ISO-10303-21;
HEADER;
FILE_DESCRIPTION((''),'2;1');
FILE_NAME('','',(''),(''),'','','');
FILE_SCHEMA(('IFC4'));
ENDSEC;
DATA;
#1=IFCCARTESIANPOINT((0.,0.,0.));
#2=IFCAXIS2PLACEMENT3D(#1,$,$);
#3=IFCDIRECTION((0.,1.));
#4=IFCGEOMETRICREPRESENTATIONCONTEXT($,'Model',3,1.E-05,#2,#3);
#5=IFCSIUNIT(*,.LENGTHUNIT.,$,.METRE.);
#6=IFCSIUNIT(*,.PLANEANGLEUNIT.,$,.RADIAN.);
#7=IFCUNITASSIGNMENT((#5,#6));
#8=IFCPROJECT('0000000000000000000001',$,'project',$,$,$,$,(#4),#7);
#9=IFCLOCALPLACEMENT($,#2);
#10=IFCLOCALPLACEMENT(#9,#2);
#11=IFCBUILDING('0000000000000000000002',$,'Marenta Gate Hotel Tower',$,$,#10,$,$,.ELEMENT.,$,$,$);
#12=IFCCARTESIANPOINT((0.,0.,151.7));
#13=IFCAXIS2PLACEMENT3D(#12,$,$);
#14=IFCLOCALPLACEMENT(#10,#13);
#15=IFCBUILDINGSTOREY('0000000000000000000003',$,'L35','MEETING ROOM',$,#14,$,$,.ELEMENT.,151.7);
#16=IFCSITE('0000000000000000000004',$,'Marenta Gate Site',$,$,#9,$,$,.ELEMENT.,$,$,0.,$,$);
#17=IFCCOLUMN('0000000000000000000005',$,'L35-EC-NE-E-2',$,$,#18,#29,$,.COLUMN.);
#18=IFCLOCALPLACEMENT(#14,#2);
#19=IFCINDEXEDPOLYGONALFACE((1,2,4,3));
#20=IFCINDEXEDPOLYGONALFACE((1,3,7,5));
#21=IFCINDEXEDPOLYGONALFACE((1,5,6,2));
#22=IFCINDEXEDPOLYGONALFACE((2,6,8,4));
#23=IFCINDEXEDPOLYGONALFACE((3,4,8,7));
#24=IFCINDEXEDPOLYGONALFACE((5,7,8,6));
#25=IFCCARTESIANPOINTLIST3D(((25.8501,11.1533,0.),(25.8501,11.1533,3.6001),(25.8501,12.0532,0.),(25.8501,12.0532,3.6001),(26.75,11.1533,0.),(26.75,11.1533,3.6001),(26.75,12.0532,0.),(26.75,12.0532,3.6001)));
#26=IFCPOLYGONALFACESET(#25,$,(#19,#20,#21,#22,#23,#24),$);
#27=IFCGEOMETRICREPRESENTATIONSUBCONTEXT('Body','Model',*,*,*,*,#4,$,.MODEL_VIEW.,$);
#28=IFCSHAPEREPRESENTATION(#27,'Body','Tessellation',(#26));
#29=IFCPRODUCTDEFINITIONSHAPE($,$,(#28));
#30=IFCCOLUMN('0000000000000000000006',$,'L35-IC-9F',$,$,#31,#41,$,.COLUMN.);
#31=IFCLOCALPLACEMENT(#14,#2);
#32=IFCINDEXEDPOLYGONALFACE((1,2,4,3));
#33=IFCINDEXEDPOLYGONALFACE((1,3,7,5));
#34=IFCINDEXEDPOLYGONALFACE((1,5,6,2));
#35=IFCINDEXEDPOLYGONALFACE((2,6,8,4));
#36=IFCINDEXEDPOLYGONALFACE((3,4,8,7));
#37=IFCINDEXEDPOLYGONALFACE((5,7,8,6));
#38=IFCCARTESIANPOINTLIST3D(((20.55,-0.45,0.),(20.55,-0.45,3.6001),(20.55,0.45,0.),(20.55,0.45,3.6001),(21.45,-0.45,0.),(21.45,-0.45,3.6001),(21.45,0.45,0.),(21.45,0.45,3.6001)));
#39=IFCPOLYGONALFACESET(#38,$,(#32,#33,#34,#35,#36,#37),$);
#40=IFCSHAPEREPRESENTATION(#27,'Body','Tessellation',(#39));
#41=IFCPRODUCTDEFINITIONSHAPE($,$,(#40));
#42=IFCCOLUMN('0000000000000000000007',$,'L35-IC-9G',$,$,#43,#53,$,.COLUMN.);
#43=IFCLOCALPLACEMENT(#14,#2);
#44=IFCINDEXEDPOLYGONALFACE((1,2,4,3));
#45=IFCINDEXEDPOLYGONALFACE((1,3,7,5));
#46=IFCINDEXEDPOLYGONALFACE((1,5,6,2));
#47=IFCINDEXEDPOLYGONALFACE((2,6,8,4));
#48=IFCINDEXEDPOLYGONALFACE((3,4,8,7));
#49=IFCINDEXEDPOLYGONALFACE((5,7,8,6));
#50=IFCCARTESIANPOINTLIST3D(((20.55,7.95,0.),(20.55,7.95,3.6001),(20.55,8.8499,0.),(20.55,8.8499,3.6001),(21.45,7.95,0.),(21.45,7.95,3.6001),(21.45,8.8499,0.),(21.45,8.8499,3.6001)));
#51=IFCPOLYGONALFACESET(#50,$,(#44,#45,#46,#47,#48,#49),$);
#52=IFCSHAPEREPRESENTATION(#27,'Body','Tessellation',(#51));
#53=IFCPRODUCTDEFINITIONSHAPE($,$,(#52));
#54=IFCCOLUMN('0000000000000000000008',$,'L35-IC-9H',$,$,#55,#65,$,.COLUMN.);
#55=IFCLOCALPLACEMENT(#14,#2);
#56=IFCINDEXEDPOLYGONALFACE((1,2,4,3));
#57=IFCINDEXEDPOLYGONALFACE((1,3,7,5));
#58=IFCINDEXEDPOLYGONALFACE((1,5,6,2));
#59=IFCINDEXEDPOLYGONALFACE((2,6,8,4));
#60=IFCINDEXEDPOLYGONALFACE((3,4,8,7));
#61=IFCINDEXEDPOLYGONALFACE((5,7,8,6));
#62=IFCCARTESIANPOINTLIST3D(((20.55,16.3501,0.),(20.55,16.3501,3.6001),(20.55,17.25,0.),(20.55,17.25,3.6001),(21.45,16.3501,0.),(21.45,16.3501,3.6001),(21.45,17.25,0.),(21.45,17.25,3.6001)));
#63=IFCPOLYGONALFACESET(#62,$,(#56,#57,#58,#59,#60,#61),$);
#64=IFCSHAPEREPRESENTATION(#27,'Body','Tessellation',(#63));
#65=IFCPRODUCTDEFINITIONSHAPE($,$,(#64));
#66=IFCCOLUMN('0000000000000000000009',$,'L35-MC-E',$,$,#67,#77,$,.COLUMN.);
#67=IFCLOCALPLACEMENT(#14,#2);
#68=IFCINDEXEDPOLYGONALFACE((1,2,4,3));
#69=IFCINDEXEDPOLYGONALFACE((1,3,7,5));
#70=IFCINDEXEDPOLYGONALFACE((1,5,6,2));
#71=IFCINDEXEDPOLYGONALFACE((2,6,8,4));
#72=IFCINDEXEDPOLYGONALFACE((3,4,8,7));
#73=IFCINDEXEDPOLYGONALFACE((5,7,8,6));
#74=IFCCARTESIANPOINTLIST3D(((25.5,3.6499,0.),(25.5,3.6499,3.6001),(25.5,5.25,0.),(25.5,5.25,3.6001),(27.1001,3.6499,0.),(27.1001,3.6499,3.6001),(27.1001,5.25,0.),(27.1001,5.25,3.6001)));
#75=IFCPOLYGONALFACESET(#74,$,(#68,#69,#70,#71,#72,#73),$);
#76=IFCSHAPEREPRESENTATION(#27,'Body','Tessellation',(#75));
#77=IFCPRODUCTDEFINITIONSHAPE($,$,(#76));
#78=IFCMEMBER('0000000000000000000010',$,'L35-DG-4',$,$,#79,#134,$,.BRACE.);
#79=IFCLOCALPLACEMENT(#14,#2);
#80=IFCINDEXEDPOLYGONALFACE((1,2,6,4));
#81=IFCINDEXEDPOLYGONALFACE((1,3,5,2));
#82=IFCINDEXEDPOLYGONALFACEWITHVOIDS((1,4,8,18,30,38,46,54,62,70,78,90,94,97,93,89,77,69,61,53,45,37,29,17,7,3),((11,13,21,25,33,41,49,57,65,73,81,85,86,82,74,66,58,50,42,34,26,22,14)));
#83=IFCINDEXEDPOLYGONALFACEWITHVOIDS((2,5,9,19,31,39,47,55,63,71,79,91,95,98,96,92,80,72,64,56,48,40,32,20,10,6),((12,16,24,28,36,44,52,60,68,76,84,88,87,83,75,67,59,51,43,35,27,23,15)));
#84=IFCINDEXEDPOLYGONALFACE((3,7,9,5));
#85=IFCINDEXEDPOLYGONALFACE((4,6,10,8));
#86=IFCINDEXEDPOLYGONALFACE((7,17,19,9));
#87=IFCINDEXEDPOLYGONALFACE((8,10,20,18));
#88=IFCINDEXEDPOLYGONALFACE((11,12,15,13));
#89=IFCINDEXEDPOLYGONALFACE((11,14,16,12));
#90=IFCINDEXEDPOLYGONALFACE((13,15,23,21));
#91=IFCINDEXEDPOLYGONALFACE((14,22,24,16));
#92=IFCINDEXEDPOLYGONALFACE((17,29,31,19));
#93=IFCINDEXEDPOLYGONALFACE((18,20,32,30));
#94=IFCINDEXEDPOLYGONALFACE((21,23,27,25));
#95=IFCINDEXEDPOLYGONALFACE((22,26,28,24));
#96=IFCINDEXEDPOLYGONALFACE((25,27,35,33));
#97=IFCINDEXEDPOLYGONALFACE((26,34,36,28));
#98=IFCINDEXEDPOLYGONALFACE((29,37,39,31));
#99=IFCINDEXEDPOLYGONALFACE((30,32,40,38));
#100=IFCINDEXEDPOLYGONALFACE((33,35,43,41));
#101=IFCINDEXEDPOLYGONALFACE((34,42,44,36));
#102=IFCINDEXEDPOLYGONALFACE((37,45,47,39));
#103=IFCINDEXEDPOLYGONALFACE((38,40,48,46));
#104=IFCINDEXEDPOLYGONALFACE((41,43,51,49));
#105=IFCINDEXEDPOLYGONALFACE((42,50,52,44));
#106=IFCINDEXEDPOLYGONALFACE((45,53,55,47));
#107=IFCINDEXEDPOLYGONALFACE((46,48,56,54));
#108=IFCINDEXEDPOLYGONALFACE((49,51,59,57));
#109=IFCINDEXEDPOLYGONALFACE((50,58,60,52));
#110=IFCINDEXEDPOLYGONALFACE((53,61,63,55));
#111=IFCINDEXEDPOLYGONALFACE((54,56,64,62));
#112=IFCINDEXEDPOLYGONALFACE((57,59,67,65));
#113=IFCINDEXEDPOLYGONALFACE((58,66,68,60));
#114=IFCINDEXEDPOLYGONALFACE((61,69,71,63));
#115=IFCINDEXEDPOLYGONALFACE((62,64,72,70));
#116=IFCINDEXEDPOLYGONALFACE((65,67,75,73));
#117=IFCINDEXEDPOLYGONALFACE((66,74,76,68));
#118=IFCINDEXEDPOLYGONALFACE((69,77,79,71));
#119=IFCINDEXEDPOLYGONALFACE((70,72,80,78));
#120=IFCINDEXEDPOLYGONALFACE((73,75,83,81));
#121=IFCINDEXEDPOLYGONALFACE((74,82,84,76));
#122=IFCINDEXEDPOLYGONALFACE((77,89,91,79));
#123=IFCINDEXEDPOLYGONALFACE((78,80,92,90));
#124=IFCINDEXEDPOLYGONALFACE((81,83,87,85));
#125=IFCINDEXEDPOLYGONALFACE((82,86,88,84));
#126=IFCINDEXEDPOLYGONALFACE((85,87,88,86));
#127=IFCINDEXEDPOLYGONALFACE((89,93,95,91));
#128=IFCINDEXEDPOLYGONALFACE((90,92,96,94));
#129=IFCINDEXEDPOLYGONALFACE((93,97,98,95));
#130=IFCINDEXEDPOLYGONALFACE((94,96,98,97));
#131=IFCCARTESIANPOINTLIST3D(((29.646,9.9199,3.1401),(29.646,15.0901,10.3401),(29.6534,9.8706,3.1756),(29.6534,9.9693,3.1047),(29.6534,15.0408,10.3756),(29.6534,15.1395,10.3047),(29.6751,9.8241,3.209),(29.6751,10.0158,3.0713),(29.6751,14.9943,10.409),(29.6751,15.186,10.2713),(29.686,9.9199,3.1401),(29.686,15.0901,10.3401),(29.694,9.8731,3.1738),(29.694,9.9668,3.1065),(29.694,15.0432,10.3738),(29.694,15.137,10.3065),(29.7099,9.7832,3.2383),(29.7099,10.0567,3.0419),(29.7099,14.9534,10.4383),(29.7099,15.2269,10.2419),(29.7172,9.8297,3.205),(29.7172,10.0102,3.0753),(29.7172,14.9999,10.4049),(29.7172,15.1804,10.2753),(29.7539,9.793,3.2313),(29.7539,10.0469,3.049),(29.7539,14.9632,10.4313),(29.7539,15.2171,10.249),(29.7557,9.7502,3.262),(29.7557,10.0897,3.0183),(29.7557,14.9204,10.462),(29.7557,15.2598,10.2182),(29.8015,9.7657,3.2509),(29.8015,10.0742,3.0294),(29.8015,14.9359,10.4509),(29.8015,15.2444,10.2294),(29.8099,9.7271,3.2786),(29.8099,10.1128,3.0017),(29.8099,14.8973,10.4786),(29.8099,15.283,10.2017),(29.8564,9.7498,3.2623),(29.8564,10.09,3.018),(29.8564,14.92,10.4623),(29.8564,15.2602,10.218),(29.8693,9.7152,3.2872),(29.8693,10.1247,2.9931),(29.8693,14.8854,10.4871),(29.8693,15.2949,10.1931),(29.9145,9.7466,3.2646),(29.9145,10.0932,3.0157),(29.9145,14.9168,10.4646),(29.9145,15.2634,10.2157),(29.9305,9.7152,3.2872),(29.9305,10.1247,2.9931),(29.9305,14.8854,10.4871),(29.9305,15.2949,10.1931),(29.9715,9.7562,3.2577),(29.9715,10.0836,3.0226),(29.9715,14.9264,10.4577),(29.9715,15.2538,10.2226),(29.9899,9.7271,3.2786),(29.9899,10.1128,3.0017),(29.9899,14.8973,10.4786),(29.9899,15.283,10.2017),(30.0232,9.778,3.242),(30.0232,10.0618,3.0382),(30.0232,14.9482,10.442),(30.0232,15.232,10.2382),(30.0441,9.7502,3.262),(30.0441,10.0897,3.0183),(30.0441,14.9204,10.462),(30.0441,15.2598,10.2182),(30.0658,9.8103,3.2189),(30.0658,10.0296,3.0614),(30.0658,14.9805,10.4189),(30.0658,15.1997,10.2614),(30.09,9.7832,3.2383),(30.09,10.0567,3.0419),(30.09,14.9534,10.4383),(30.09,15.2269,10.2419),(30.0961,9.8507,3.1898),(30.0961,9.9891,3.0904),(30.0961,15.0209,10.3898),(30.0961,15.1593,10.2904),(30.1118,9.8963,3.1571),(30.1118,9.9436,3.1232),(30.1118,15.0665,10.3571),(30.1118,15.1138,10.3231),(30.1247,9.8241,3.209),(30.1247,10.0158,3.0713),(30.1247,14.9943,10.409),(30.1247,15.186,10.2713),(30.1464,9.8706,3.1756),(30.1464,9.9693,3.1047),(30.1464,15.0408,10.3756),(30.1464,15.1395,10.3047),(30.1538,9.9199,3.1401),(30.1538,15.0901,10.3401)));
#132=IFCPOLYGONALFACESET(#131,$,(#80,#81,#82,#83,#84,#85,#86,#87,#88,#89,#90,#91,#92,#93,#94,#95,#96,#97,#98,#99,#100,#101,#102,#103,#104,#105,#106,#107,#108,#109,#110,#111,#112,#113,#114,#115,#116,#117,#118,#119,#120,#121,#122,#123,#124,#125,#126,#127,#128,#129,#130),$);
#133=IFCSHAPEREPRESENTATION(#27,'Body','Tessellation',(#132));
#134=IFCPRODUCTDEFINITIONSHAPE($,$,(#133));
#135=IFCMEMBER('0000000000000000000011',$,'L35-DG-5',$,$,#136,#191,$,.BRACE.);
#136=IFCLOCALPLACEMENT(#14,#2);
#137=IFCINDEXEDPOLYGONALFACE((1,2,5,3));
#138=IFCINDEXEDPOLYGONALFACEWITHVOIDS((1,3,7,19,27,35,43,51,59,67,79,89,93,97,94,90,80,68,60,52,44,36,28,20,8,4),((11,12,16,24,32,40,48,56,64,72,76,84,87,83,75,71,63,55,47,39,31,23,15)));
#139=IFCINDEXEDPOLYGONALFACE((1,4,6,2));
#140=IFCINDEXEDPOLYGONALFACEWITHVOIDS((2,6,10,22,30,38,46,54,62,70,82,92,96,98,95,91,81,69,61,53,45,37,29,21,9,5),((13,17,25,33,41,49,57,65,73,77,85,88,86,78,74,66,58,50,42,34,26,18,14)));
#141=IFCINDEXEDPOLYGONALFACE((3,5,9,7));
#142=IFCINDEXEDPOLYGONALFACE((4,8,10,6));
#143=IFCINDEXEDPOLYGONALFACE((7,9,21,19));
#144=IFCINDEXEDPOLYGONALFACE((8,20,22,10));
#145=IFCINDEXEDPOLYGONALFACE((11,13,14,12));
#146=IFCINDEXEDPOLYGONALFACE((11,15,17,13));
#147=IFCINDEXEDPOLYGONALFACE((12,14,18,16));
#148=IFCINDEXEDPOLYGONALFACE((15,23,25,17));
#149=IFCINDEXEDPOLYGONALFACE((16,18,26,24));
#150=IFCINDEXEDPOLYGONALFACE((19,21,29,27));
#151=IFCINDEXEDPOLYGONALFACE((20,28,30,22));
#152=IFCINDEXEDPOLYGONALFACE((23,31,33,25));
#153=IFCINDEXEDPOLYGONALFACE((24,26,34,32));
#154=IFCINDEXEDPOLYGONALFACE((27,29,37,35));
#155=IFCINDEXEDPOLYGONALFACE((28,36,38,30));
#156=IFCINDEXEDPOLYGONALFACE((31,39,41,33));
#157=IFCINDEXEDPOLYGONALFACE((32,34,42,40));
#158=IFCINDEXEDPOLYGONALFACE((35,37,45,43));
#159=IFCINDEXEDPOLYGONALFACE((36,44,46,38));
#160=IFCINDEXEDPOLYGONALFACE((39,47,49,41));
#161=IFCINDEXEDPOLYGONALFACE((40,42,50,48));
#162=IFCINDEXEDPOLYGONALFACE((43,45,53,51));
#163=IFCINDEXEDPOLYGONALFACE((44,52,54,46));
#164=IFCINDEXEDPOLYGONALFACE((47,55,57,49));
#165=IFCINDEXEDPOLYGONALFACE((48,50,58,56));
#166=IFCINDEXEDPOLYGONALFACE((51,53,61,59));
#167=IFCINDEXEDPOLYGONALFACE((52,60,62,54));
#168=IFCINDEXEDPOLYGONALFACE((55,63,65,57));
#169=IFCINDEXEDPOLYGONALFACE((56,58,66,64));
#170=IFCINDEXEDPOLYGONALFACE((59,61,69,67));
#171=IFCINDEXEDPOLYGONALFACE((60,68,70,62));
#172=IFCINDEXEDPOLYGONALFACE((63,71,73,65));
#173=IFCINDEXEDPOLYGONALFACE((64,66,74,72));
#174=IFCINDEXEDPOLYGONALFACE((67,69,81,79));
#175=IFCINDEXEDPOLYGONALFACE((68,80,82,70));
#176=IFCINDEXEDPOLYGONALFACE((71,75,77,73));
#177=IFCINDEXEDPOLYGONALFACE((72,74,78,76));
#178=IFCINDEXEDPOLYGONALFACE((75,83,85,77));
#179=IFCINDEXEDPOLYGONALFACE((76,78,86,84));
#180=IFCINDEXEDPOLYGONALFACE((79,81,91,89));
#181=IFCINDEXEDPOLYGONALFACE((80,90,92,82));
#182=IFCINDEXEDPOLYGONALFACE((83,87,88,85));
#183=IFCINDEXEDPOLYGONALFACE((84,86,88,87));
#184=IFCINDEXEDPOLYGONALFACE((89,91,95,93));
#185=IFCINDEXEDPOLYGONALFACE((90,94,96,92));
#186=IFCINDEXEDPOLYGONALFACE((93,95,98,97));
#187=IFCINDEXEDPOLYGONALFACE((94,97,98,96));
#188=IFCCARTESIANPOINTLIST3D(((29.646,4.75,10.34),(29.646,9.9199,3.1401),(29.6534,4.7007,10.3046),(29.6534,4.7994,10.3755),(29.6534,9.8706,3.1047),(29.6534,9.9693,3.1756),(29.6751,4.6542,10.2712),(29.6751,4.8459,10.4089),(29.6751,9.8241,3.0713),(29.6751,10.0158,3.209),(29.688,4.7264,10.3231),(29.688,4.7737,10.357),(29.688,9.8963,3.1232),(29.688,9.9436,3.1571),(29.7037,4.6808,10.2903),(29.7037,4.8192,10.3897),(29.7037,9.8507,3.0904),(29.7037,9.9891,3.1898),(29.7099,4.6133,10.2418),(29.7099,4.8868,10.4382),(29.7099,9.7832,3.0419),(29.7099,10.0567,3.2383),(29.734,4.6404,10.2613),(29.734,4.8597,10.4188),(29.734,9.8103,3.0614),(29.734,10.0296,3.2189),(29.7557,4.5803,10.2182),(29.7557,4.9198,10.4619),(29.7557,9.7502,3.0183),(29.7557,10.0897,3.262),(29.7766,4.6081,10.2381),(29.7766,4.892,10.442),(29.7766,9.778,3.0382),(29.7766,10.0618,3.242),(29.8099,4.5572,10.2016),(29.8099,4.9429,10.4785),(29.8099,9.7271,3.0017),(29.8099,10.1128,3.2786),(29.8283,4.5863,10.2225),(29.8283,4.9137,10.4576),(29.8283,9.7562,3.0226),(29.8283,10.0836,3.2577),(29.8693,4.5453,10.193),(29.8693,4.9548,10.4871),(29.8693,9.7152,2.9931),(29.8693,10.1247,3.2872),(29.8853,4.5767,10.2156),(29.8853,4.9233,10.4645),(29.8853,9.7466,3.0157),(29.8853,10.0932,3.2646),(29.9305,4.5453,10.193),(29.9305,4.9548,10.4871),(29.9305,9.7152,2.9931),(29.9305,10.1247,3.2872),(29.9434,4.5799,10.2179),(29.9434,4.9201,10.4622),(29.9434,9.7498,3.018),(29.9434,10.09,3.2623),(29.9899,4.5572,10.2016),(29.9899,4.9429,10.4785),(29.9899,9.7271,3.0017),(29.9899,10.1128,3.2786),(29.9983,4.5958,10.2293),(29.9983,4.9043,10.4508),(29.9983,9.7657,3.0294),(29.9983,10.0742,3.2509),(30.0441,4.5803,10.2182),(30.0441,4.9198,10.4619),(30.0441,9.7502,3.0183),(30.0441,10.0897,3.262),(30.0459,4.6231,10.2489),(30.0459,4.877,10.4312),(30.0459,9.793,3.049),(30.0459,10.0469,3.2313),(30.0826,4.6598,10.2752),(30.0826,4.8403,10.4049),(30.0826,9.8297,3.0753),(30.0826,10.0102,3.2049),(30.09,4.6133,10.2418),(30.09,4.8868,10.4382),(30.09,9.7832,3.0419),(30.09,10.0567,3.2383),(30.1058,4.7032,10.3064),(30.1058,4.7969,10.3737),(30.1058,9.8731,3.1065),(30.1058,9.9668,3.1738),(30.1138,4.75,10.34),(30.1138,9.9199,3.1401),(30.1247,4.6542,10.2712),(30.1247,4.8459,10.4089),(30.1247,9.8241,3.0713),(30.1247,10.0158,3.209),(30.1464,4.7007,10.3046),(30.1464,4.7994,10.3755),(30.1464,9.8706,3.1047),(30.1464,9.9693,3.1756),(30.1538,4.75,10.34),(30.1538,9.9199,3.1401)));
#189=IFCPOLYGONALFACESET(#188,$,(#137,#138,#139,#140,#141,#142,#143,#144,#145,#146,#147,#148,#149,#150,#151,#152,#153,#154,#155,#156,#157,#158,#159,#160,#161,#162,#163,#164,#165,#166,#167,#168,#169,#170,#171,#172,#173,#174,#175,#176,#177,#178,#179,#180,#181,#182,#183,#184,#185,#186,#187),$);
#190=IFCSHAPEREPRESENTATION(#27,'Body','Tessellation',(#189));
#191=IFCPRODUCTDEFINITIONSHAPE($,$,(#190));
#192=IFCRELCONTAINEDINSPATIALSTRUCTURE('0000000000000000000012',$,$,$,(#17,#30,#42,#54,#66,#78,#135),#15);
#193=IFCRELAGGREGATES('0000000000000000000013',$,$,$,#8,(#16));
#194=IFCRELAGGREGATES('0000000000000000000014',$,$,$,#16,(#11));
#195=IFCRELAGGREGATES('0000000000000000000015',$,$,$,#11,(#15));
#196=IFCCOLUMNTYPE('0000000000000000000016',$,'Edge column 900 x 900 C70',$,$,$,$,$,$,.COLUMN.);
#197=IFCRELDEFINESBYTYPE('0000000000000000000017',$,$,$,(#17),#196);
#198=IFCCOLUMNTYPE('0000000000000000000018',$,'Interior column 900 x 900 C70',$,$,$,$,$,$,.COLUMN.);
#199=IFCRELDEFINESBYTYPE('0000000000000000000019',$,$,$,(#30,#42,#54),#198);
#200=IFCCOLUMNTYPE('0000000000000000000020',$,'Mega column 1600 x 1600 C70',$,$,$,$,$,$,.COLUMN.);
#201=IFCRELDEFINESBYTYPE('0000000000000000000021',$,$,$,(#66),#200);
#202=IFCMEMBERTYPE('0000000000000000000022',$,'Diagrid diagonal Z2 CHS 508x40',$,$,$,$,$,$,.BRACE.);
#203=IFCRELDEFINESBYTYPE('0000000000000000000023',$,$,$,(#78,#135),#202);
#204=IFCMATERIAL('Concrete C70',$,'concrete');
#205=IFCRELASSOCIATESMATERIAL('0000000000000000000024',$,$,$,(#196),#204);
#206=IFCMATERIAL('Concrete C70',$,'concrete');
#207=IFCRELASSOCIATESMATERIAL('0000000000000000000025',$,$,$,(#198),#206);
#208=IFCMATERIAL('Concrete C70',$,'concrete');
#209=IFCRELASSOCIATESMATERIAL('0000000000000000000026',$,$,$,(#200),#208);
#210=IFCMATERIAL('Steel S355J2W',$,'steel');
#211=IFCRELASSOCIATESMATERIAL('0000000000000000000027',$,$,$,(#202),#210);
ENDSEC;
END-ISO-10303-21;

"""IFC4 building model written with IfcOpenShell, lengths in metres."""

from ifc_helpers import new_model, si_unit, direction, frame, origin, origin_2d, place, context, subcontext, project, spatial, rectangle, hollow_circle, extrude, material, material_profile, profile_set, type_object, element, save


model = new_model("IFC4")

# Units and contexts
model_context = context("Model", 3, precision=1e-05, world=origin(), true_north=direction((0.0, 1.0)))
body_context = subcontext(model_context, "Body", "Model", "MODEL_VIEW")
ifc_project = project(units=[si_unit("LENGTHUNIT", "METRE"), si_unit("PLANEANGLEUNIT", "RADIAN")], contexts=[model_context])

# Site, building, storey
site_placement = place(None, origin())
site = spatial("IfcSite", under=ifc_project, at=site_placement, Name="Marenta Gate Site", CompositionType="ELEMENT", RefElevation=0.0)
building_placement = place(site_placement, origin())
building = spatial("IfcBuilding", under=site, at=building_placement, Name="Marenta Gate Hotel Tower", CompositionType="ELEMENT")
storey_placement = place(building_placement, frame((0.0, 0.0, 151.7)))
storey = spatial("IfcBuildingStorey", under=building, at=storey_placement, Name="L35", Description="MEETING ROOM", CompositionType="ELEMENT", Elevation=151.7)

# Columns
ifc_material_1 = material(Name="Concrete C70", Category="concrete")
ifc_material_profile_1 = material_profile(ifc_material_1, rectangle(XDim=0.8999, YDim=0.8999, at=origin_2d()), Name="900 x 900")
ifc_profile_set_1 = profile_set([ifc_material_profile_1], Name="Concrete C70")
column_type_1 = type_object("IfcColumnType", Name="Edge column 900 x 900 C70", PredefinedType="COLUMN", material=ifc_profile_set_1)
column_1_placement = place(storey_placement, frame((26.3, 11.6033, 0.0), z_axis=(0.0, 0.0, 1.0), x_axis=(1.0, 0.0, 0.0)))
element("IfcColumn", 1, at=column_1_placement, inside=storey, type_object=column_type_1, Name="L35-EC-NE-E-2", PredefinedType="COLUMN", context=body_context, shape_type="SweptSolid", body=[
    extrude(rectangle(XDim=0.8999, YDim=0.8999, at=origin_2d()), origin(), (0.0, 0.0, 1.0), 3.6001),
])
ifc_material_2 = material(Name="Concrete C70", Category="concrete")
ifc_material_profile_2 = material_profile(ifc_material_2, rectangle(XDim=0.8999, YDim=0.8999, at=origin_2d()), Name="900 x 900")
ifc_profile_set_2 = profile_set([ifc_material_profile_2], Name="Concrete C70")
column_type_2 = type_object("IfcColumnType", Name="Interior column 900 x 900 C70", PredefinedType="COLUMN", material=ifc_profile_set_2)
for number, where, z_axis, x_axis, name in (
    (2, (21.0, 0.0, 0.0), (0.0, 0.0, 1.0), (1.0, 0.0, 0.0), "L35-IC-9F"),
    (3, (21.0, 8.3999, 0.0), (0.0, 0.0, 1.0), (1.0, 0.0, 0.0), "L35-IC-9G"),
    (4, (21.0, 16.8, 0.0), (0.0, 0.0, 1.0), (1.0, 0.0, 0.0), "L35-IC-9H"),
):
    element("IfcColumn", number, at=place(storey_placement, frame(where, z_axis=z_axis, x_axis=x_axis)), inside=storey, type_object=column_type_2, Name=name, PredefinedType="COLUMN", context=body_context, shape_type="SweptSolid", body=[
        extrude(rectangle(XDim=0.8999, YDim=0.8999, at=origin_2d()), origin(), (0.0, 0.0, 1.0), 3.6001),
    ])
ifc_material_3 = material(Name="Concrete C70", Category="concrete")
ifc_material_profile_3 = material_profile(ifc_material_3, rectangle(XDim=1.6001, YDim=1.6001, at=origin_2d()), Name="1600 x 1600")
ifc_profile_set_3 = profile_set([ifc_material_profile_3], Name="Concrete C70")
column_type_3 = type_object("IfcColumnType", Name="Mega column 1600 x 1600 C70", PredefinedType="COLUMN", material=ifc_profile_set_3)
column_2_placement = place(storey_placement, frame((26.3, 4.45, 0.0), z_axis=(0.0, 0.0, 1.0), x_axis=(1.0, 0.0, 0.0)))
element("IfcColumn", 5, at=column_2_placement, inside=storey, type_object=column_type_3, Name="L35-MC-E", PredefinedType="COLUMN", context=body_context, shape_type="SweptSolid", body=[
    extrude(rectangle(XDim=1.6001, YDim=1.6001, at=origin_2d()), origin(), (0.0, 0.0, 1.0), 3.6001),
])

# Members
ifc_material_4 = material(Name="Steel S355J2W", Category="steel")
ifc_material_profile_4 = material_profile(ifc_material_4, hollow_circle(Radius=0.2539, WallThickness=0.04, at=origin_2d()), Name="CHS 508x40")
ifc_profile_set_4 = profile_set([ifc_material_profile_4], Name="Steel S355J2W")
member_type_1 = type_object("IfcMemberType", Name="Diagrid diagonal Z2 CHS 508x40", PredefinedType="BRACE", material=ifc_profile_set_4)
member_1_placement = place(storey_placement, frame((29.8999, 9.9199, 3.1401), z_axis=(0.0, 0.583279, 0.812272), x_axis=(-1.0, 0.0, 0.0)))
element("IfcMember", 6, at=member_1_placement, inside=storey, type_object=member_type_1, Name="L35-DG-4", PredefinedType="BRACE", context=body_context, shape_type="SweptSolid", body=[
    extrude(hollow_circle(Radius=0.2539, WallThickness=0.04, at=origin_2d()), origin(), (0.0, 0.0, 1.0), 8.864),
])
member_2_placement = place(storey_placement, frame((29.8999, 9.9199, 3.1401), z_axis=(0.0, -0.583261, 0.812285), x_axis=(1.0, 0.0, 0.0)))
element("IfcMember", 7, at=member_2_placement, inside=storey, type_object=member_type_1, Name="L35-DG-5", PredefinedType="BRACE", context=body_context, shape_type="SweptSolid", body=[
    extrude(hollow_circle(Radius=0.2539, WallThickness=0.04, at=origin_2d()), origin(), (0.0, 0.0, 1.0), 8.8638),
])

save(model, "model.ifc")
